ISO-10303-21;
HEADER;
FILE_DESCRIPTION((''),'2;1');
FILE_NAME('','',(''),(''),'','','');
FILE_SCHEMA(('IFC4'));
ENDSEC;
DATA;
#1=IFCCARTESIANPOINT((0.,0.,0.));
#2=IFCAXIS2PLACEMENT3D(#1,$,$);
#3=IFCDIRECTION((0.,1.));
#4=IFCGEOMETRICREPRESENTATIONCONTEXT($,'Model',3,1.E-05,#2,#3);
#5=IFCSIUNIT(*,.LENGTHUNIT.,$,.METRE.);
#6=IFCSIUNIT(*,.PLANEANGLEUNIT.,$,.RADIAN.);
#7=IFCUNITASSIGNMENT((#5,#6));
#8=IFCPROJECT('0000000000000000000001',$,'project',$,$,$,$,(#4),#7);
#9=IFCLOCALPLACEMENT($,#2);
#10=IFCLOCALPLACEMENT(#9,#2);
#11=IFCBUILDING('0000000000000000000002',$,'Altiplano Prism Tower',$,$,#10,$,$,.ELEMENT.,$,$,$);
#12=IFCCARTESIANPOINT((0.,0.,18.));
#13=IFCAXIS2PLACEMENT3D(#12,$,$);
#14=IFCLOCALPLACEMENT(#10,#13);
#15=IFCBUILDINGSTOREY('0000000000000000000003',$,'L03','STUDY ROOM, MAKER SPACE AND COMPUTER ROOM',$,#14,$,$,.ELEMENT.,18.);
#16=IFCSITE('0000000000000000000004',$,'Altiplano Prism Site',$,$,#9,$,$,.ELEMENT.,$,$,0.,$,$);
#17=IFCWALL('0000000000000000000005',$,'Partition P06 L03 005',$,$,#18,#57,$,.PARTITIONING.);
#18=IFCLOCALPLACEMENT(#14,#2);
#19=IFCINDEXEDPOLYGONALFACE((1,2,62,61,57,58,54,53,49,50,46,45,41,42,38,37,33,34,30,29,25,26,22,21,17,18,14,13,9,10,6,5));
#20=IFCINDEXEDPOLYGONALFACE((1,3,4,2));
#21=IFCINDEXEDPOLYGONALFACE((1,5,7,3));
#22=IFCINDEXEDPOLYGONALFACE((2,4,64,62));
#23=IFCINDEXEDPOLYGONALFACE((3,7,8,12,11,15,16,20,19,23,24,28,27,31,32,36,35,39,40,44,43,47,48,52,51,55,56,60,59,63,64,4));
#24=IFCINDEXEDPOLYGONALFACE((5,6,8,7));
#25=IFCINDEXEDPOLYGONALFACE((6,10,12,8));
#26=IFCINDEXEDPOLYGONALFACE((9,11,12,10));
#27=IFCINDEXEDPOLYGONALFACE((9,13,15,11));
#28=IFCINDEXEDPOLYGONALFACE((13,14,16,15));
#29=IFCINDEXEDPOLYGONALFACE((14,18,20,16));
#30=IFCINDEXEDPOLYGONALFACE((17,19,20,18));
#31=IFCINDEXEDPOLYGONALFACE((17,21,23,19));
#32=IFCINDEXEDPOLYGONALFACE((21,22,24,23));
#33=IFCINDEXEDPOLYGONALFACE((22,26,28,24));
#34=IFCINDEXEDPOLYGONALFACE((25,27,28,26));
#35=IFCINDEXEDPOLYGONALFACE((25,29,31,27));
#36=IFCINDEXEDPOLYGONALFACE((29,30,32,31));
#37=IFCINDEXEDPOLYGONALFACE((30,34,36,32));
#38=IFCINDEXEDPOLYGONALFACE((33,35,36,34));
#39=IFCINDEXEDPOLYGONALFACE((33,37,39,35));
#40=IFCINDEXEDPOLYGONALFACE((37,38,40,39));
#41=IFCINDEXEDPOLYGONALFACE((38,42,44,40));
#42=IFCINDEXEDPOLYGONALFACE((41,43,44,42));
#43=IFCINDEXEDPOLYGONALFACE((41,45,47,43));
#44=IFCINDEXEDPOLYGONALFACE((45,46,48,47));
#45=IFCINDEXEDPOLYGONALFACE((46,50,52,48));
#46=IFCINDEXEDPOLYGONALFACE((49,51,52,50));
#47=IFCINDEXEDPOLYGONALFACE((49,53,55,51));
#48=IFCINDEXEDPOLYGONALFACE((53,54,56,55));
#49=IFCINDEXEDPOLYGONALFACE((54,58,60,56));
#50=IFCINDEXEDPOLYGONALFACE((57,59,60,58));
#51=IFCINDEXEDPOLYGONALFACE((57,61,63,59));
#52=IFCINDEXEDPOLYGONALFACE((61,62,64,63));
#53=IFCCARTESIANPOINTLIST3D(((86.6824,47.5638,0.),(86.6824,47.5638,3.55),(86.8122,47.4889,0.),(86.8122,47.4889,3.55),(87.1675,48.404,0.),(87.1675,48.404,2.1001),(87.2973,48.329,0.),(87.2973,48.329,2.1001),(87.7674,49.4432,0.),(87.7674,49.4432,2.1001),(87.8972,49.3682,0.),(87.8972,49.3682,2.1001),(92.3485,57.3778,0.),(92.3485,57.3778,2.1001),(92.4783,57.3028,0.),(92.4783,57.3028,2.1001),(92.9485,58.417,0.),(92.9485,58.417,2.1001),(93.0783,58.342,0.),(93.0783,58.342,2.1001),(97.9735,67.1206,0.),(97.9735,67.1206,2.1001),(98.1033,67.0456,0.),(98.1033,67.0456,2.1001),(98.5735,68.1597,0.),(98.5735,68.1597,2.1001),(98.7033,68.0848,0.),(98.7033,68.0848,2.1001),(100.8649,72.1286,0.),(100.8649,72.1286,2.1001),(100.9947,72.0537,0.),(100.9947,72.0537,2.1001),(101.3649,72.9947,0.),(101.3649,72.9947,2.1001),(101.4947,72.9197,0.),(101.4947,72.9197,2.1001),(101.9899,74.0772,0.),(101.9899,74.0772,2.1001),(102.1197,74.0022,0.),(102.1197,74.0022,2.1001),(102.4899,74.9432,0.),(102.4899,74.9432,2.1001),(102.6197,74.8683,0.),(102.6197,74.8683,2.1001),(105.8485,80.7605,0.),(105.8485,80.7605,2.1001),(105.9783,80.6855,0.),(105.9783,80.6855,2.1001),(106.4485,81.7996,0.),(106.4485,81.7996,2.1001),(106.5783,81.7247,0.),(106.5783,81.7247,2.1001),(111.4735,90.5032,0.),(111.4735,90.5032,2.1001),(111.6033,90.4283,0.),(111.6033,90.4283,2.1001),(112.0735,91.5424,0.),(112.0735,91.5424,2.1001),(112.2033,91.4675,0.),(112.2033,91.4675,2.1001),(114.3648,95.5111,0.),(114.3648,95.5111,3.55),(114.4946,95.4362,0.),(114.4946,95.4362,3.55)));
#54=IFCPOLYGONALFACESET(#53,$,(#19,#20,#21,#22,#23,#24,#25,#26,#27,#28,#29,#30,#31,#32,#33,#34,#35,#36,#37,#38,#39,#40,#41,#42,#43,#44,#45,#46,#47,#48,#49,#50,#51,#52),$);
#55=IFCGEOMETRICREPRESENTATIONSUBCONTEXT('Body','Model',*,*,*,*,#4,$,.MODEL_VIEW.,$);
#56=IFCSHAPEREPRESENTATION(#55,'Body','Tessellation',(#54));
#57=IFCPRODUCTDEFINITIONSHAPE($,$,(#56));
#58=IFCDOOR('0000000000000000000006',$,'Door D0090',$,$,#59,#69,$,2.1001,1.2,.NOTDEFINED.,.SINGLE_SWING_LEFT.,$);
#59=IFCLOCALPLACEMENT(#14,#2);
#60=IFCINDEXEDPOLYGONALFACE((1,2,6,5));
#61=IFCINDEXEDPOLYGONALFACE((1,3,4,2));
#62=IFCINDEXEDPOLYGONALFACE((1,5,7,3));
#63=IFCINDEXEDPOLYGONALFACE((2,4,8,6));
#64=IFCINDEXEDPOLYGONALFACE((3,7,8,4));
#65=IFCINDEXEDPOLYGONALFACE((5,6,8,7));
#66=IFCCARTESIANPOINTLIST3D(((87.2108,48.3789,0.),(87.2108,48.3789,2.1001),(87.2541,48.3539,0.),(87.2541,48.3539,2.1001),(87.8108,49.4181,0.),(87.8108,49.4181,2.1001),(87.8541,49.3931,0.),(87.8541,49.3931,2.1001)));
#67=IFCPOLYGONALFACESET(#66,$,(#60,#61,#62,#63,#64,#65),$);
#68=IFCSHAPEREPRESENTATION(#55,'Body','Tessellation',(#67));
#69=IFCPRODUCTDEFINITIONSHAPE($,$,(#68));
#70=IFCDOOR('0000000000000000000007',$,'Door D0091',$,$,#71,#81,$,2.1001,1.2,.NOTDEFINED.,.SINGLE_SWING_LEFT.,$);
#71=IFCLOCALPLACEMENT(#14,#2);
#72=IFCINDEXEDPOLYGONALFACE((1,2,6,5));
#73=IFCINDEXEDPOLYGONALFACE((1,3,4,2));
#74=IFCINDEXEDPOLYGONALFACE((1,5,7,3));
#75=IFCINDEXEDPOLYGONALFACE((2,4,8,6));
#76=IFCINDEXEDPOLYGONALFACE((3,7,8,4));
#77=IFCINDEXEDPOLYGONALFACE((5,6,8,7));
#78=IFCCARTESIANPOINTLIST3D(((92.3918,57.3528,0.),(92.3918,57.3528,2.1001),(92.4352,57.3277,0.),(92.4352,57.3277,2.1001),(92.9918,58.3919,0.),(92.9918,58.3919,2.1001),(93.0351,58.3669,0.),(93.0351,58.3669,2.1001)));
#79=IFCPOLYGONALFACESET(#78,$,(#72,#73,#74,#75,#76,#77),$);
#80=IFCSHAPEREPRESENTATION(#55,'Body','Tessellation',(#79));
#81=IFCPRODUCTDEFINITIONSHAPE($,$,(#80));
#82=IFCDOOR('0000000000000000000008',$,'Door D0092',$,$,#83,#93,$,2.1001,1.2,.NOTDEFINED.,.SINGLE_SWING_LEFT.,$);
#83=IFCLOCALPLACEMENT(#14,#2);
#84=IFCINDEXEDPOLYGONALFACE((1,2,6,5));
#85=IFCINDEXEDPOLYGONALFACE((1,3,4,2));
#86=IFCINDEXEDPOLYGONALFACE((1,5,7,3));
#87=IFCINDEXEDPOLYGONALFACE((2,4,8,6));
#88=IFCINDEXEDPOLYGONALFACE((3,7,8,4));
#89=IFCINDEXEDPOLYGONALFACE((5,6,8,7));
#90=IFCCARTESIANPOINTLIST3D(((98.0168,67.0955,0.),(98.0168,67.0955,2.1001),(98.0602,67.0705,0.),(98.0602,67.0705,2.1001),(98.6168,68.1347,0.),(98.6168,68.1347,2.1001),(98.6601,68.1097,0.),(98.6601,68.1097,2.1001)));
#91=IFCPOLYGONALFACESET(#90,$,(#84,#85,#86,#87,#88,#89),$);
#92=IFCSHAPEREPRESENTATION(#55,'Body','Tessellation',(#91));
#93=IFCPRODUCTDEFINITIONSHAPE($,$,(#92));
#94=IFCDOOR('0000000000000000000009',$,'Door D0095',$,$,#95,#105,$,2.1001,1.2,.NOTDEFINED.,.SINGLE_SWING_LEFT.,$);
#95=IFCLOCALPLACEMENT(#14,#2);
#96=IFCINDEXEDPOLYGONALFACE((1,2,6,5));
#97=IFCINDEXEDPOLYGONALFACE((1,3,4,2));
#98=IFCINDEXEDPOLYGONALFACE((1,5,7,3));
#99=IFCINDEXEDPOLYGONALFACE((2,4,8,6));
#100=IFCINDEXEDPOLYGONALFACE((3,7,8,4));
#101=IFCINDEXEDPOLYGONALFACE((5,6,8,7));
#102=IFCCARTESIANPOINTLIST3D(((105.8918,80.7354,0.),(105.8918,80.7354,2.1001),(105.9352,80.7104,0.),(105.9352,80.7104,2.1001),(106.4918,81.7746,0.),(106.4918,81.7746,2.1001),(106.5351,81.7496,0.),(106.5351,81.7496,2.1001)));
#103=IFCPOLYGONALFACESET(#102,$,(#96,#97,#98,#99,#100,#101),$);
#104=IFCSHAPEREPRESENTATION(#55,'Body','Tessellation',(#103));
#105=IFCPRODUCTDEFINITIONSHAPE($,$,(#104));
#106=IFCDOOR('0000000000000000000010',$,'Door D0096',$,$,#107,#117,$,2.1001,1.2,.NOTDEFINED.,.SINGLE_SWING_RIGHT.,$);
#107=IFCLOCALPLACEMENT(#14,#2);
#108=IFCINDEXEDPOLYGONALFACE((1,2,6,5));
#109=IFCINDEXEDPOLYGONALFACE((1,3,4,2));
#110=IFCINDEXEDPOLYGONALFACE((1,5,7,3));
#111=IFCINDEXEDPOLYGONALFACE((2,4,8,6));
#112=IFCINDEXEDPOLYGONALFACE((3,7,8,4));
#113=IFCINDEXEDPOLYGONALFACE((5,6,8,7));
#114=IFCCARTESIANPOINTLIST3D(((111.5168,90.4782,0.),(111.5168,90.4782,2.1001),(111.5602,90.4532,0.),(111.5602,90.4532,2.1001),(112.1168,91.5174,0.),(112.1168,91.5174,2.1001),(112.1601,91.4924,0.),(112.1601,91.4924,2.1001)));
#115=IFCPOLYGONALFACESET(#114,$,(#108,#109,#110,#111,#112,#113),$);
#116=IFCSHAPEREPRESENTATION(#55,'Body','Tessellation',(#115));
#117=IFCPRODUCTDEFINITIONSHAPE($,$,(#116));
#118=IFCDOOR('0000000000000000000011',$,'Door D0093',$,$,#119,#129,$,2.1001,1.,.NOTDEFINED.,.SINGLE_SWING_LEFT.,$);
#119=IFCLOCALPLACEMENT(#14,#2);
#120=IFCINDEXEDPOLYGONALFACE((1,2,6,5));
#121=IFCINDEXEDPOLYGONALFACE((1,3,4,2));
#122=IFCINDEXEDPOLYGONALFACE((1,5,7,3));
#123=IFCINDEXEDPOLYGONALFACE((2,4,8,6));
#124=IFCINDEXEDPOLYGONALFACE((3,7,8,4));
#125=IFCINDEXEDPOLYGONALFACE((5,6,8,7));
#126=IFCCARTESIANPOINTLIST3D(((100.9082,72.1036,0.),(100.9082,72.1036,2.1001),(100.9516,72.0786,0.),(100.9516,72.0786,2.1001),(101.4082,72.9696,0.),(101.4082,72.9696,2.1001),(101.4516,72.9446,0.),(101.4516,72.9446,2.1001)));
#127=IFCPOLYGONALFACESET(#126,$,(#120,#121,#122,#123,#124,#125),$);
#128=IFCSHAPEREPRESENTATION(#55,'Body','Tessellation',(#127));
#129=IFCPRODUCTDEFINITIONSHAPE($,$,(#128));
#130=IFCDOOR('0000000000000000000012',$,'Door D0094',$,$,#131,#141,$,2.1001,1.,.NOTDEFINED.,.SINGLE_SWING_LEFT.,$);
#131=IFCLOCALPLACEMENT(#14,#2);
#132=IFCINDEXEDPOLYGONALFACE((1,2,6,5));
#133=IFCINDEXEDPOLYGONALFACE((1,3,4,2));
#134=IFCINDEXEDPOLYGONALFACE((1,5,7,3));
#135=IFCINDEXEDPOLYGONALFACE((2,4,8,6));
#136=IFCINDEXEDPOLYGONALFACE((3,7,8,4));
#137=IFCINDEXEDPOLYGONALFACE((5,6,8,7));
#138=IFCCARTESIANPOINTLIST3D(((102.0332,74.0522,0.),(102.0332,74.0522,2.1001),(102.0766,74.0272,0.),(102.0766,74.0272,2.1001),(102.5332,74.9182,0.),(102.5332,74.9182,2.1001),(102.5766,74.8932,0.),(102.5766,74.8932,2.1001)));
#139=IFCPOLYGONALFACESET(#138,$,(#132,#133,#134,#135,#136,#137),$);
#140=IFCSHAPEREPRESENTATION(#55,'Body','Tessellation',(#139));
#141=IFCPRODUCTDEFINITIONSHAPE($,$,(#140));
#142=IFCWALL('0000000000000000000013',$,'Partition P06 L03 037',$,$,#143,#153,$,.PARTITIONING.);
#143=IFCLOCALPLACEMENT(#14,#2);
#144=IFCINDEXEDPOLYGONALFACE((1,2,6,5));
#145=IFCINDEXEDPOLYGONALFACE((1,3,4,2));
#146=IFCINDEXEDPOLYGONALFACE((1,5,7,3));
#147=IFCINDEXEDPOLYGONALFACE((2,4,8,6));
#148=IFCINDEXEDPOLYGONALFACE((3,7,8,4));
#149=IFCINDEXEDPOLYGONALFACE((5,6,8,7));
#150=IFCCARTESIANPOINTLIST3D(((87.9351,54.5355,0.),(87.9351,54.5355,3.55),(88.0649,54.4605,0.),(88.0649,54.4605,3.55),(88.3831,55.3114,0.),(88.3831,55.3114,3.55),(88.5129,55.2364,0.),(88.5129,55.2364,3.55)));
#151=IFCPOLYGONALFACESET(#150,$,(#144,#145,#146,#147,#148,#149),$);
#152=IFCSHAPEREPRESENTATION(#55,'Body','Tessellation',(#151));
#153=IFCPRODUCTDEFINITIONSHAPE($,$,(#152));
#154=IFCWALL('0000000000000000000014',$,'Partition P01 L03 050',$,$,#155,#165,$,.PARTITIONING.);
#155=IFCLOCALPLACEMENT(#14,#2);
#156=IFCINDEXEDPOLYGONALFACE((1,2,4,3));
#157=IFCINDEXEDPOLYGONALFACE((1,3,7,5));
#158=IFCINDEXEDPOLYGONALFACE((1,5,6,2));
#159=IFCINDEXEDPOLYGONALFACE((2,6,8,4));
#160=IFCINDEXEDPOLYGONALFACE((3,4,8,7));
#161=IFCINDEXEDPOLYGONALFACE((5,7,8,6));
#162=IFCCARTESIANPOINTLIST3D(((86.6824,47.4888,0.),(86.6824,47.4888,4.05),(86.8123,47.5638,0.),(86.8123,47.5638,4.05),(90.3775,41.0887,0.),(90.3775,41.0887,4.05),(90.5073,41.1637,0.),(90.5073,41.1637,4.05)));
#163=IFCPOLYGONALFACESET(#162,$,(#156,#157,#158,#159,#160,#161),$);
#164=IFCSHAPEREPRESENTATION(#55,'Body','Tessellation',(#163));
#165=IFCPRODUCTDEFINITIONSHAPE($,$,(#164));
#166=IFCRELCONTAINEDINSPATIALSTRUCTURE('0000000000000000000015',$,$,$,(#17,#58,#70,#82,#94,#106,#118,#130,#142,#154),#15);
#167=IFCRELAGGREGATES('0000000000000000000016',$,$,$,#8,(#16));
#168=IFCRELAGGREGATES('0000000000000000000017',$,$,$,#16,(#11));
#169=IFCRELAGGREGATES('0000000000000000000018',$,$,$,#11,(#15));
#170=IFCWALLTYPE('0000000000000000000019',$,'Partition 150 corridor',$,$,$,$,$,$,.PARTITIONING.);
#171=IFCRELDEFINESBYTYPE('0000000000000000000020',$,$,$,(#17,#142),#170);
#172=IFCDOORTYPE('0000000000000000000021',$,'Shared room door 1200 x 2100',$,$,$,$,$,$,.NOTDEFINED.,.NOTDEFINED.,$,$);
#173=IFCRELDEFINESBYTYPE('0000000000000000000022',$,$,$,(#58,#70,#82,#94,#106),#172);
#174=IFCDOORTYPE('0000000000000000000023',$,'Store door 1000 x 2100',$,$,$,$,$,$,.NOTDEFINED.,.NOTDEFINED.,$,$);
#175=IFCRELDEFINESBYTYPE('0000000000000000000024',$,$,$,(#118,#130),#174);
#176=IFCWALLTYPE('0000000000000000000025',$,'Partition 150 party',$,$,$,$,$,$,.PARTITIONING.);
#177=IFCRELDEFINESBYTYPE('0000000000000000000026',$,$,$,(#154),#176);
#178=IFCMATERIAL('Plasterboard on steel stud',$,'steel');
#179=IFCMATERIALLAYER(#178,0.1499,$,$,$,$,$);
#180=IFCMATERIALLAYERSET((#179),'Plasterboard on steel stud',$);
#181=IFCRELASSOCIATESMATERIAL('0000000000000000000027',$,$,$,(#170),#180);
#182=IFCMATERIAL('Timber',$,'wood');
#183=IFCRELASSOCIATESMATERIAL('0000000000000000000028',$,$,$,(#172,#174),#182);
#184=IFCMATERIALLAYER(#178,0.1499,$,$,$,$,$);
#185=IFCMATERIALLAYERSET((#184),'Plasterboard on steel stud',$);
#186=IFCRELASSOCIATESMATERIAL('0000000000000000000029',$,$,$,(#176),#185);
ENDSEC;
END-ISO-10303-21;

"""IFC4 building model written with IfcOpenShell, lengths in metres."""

from ifc_helpers import new_model, si_unit, direction, frame, frame_2d, origin, place, context, subcontext, project, spatial, rectangle, extrude, material, layer, layer_set, type_object, element, fill, save


model = new_model("IFC4")

# Units and contexts
model_context = context("Model", 3, precision=1e-05, world=origin(), true_north=direction((0.0, 1.0)))
body_context = subcontext(model_context, "Body", "Model", "MODEL_VIEW")
ifc_project = project(units=[si_unit("LENGTHUNIT", "METRE"), si_unit("PLANEANGLEUNIT", "RADIAN")], contexts=[model_context])

# Site, building, storey
site_placement = place(None, origin())
site = spatial("IfcSite", under=ifc_project, at=site_placement, Name="Altiplano Prism Site", CompositionType="ELEMENT", RefElevation=0.0)
building_placement = place(site_placement, origin())
building = spatial("IfcBuilding", under=site, at=building_placement, Name="Altiplano Prism Tower", CompositionType="ELEMENT")
storey_placement = place(building_placement, frame((0.0, 0.0, 18.0)))
storey = spatial("IfcBuildingStorey", under=building, at=storey_placement, Name="L03", Description="STUDY ROOM, MAKER SPACE AND COMPUTER ROOM", CompositionType="ELEMENT", Elevation=18.0)

# Shared definitions
ifc_material_1 = material(Name="Plasterboard on steel stud", Category="steel")
ifc_layer_1 = layer(ifc_material_1, 0.1499)
ifc_layer_set_1 = layer_set([ifc_layer_1], Name="Plasterboard on steel stud")
wall_type_1 = type_object("IfcWallType", Name="Partition 150 corridor", PredefinedType="PARTITIONING", material=ifc_layer_set_1)
ifc_material_2 = material(Name="Timber", Category="wood")
door_type_1 = type_object("IfcDoorType", Name="Shared room door 1200 x 2100", OperationType="NOTDEFINED", PredefinedType="NOTDEFINED", material=ifc_material_2)

# Wall, openings, doors
wall_1_placement = place(storey_placement, frame((86.7473, 47.5264, 0.0), z_axis=(0.0, 0.0, 1.0), x_axis=(0.5, 0.866025, 0.0)))
wall_1 = element("IfcWall", 1, at=wall_1_placement, inside=storey, type_object=wall_type_1, Name="Partition P06 L03 005", PredefinedType="PARTITIONING", context=body_context, shape_type="SweptSolid", body=[
    extrude(rectangle(XDim=55.3647, YDim=0.1499, at=frame_2d((27.6824, 0.0))), origin(), (0.0, 0.0, 1.0), 3.55),
])
opening_1_placement = place(wall_1_placement, frame((0.97, 0.0, 0.0)))
opening_1 = element("IfcOpeningElement", 2, at=opening_1_placement, cuts=wall_1, PredefinedType="OPENING", context=body_context, shape_type="SweptSolid", body=[
    extrude(rectangle(XDim=1.2, YDim=2.1001, at=frame_2d((0.6001, 1.05))), frame((0.0, 0.0854, 0.0), z_axis=(0.0, -1.0, 0.0), x_axis=(1.0, 0.0, 0.0)), (0.0, 0.0, 1.0), 0.1709),
])
opening_2_placement = place(wall_1_placement, frame((11.332, 0.0, 0.0)))
opening_2 = element("IfcOpeningElement", 3, at=opening_2_placement, cuts=wall_1, PredefinedType="OPENING", context=body_context, shape_type="SweptSolid", body=[
    extrude(rectangle(XDim=1.2, YDim=2.1001, at=frame_2d((0.6001, 1.05))), frame((0.0, 0.0854, 0.0), z_axis=(0.0, -1.0, 0.0), x_axis=(1.0, 0.0, 0.0)), (0.0, 0.0, 1.0), 0.1709),
])
opening_3_placement = place(wall_1_placement, frame((22.582, 0.0, 0.0)))
opening_3 = element("IfcOpeningElement", 4, at=opening_3_placement, cuts=wall_1, PredefinedType="OPENING", context=body_context, shape_type="SweptSolid", body=[
    extrude(rectangle(XDim=1.2, YDim=2.1001, at=frame_2d((0.6001, 1.05))), frame((0.0, 0.0854, 0.0), z_axis=(0.0, -1.0, 0.0), x_axis=(1.0, 0.0, 0.0)), (0.0, 0.0, 1.0), 0.1709),
])
opening_4_placement = place(wall_1_placement, frame((28.365, 0.0, 0.0)))
opening_4 = element("IfcOpeningElement", 5, at=opening_4_placement, cuts=wall_1, PredefinedType="OPENING", context=body_context, shape_type="SweptSolid", body=[
    extrude(rectangle(XDim=1.0, YDim=2.1001, at=frame_2d((0.5, 1.05))), frame((0.0, 0.0854, 0.0), z_axis=(0.0, -1.0, 0.0), x_axis=(1.0, 0.0, 0.0)), (0.0, 0.0, 1.0), 0.1709),
])
opening_5_placement = place(wall_1_placement, frame((30.615, 0.0, 0.0)))
opening_5 = element("IfcOpeningElement", 6, at=opening_5_placement, cuts=wall_1, PredefinedType="OPENING", context=body_context, shape_type="SweptSolid", body=[
    extrude(rectangle(XDim=1.0, YDim=2.1001, at=frame_2d((0.5, 1.05))), frame((0.0, 0.0854, 0.0), z_axis=(0.0, -1.0, 0.0), x_axis=(1.0, 0.0, 0.0)), (0.0, 0.0, 1.0), 0.1709),
])
opening_6_placement = place(wall_1_placement, frame((38.332, 0.0, 0.0)))
opening_6 = element("IfcOpeningElement", 7, at=opening_6_placement, cuts=wall_1, PredefinedType="OPENING", context=body_context, shape_type="SweptSolid", body=[
    extrude(rectangle(XDim=1.2, YDim=2.1001, at=frame_2d((0.6001, 1.05))), frame((0.0, 0.0854, 0.0), z_axis=(0.0, -1.0, 0.0), x_axis=(1.0, 0.0, 0.0)), (0.0, 0.0, 1.0), 0.1709),
])
opening_7_placement = place(wall_1_placement, frame((49.582, 0.0, 0.0)))
opening_7 = element("IfcOpeningElement", 8, at=opening_7_placement, cuts=wall_1, PredefinedType="OPENING", context=body_context, shape_type="SweptSolid", body=[
    extrude(rectangle(XDim=1.2, YDim=2.1001, at=frame_2d((0.6001, 1.05))), frame((0.0, 0.0854, 0.0), z_axis=(0.0, -1.0, 0.0), x_axis=(1.0, 0.0, 0.0)), (0.0, 0.0, 1.0), 0.1709),
])
door_1_placement = place(opening_1_placement, origin())
door_1 = element("IfcDoor", 9, at=door_1_placement, inside=storey, type_object=door_type_1, Name="Door D0090", OperationType="SINGLE_SWING_LEFT", OverallHeight=2.1001, OverallWidth=1.2, PredefinedType="NOTDEFINED", context=body_context, shape_type="SweptSolid", body=[
    extrude(rectangle(XDim=1.2, YDim=2.1001, at=frame_2d((0.6001, 1.05))), frame((0.0, 0.0249, 0.0), z_axis=(0.0, -1.0, 0.0), x_axis=(1.0, 0.0, 0.0)), (0.0, 0.0, 1.0), 0.05),
])
fill(opening_1, door_1)
door_2_placement = place(opening_2_placement, origin())
door_2 = element("IfcDoor", 10, at=door_2_placement, inside=storey, type_object=door_type_1, Name="Door D0091", OperationType="SINGLE_SWING_LEFT", OverallHeight=2.1001, OverallWidth=1.2, PredefinedType="NOTDEFINED", context=body_context, shape_type="SweptSolid", body=[
    extrude(rectangle(XDim=1.2, YDim=2.1001, at=frame_2d((0.6001, 1.05))), frame((0.0, 0.0249, 0.0), z_axis=(0.0, -1.0, 0.0), x_axis=(1.0, 0.0, 0.0)), (0.0, 0.0, 1.0), 0.05),
])
fill(opening_2, door_2)
door_3_placement = place(opening_3_placement, origin())
door_3 = element("IfcDoor", 11, at=door_3_placement, inside=storey, type_object=door_type_1, Name="Door D0092", OperationType="SINGLE_SWING_LEFT", OverallHeight=2.1001, OverallWidth=1.2, PredefinedType="NOTDEFINED", context=body_context, shape_type="SweptSolid", body=[
    extrude(rectangle(XDim=1.2, YDim=2.1001, at=frame_2d((0.6001, 1.05))), frame((0.0, 0.0249, 0.0), z_axis=(0.0, -1.0, 0.0), x_axis=(1.0, 0.0, 0.0)), (0.0, 0.0, 1.0), 0.05),
])
fill(opening_3, door_3)
door_4_placement = place(opening_6_placement, origin())
door_4 = element("IfcDoor", 12, at=door_4_placement, inside=storey, type_object=door_type_1, Name="Door D0095", OperationType="SINGLE_SWING_LEFT", OverallHeight=2.1001, OverallWidth=1.2, PredefinedType="NOTDEFINED", context=body_context, shape_type="SweptSolid", body=[
    extrude(rectangle(XDim=1.2, YDim=2.1001, at=frame_2d((0.6001, 1.05))), frame((0.0, 0.0249, 0.0), z_axis=(0.0, -1.0, 0.0), x_axis=(1.0, 0.0, 0.0)), (0.0, 0.0, 1.0), 0.05),
])
fill(opening_6, door_4)
door_5_placement = place(opening_7_placement, origin())
door_5 = element("IfcDoor", 13, at=door_5_placement, inside=storey, type_object=door_type_1, Name="Door D0096", OperationType="SINGLE_SWING_RIGHT", OverallHeight=2.1001, OverallWidth=1.2, PredefinedType="NOTDEFINED", context=body_context, shape_type="SweptSolid", body=[
    extrude(rectangle(XDim=1.2, YDim=2.1001, at=frame_2d((0.6001, 1.05))), frame((0.0, 0.0249, 0.0), z_axis=(0.0, -1.0, 0.0), x_axis=(1.0, 0.0, 0.0)), (0.0, 0.0, 1.0), 0.05),
])
fill(opening_7, door_5)
door_type_2 = type_object("IfcDoorType", Name="Store door 1000 x 2100", OperationType="NOTDEFINED", PredefinedType="NOTDEFINED", material=ifc_material_2)
door_6_placement = place(opening_4_placement, origin())
door_6 = element("IfcDoor", 14, at=door_6_placement, inside=storey, type_object=door_type_2, Name="Door D0093", OperationType="SINGLE_SWING_LEFT", OverallHeight=2.1001, OverallWidth=1.0, PredefinedType="NOTDEFINED", context=body_context, shape_type="SweptSolid", body=[
    extrude(rectangle(XDim=1.0, YDim=2.1001, at=frame_2d((0.5, 1.05))), frame((0.0, 0.0249, 0.0), z_axis=(0.0, -1.0, 0.0), x_axis=(1.0, 0.0, 0.0)), (0.0, 0.0, 1.0), 0.05),
])
fill(opening_4, door_6)
door_7_placement = place(opening_5_placement, origin())
door_7 = element("IfcDoor", 15, at=door_7_placement, inside=storey, type_object=door_type_2, Name="Door D0094", OperationType="SINGLE_SWING_LEFT", OverallHeight=2.1001, OverallWidth=1.0, PredefinedType="NOTDEFINED", context=body_context, shape_type="SweptSolid", body=[
    extrude(rectangle(XDim=1.0, YDim=2.1001, at=frame_2d((0.5, 1.05))), frame((0.0, 0.0249, 0.0), z_axis=(0.0, -1.0, 0.0), x_axis=(1.0, 0.0, 0.0)), (0.0, 0.0, 1.0), 0.05),
])
fill(opening_5, door_7)

# Walls
wall_2_placement = place(storey_placement, frame((88.448, 55.2739, 0.0), z_axis=(0.0, 0.0, 1.0), x_axis=(-0.500037, -0.866004, 0.0)))
element("IfcWall", 16, at=wall_2_placement, inside=storey, type_object=wall_type_1, Name="Partition P06 L03 037", PredefinedType="PARTITIONING", context=body_context, shape_type="SweptSolid", body=[
    extrude(rectangle(XDim=0.896, YDim=0.1499, at=frame_2d((0.448, 0.0))), origin(), (0.0, 0.0, 1.0), 3.55),
])
ifc_layer_2 = layer(ifc_material_1, 0.1499)
ifc_layer_set_2 = layer_set([ifc_layer_2], Name="Plasterboard on steel stud")
wall_type_2 = type_object("IfcWallType", Name="Partition 150 party", PredefinedType="PARTITIONING", material=ifc_layer_set_2)
wall_3_placement = place(storey_placement, frame((90.4424, 41.1262, 0.0), z_axis=(0.0, 0.0, 1.0), x_axis=(-0.499994, 0.866029, 0.0)))
element("IfcWall", 17, at=wall_3_placement, inside=storey, type_object=wall_type_2, Name="Partition P01 L03 050", PredefinedType="PARTITIONING", context=body_context, shape_type="SweptSolid", body=[
    extrude(rectangle(XDim=7.3901, YDim=0.1499, at=frame_2d((3.6951, 0.0))), origin(), (0.0, 0.0, 1.0), 4.05),
])

save(model, "model.ifc")
